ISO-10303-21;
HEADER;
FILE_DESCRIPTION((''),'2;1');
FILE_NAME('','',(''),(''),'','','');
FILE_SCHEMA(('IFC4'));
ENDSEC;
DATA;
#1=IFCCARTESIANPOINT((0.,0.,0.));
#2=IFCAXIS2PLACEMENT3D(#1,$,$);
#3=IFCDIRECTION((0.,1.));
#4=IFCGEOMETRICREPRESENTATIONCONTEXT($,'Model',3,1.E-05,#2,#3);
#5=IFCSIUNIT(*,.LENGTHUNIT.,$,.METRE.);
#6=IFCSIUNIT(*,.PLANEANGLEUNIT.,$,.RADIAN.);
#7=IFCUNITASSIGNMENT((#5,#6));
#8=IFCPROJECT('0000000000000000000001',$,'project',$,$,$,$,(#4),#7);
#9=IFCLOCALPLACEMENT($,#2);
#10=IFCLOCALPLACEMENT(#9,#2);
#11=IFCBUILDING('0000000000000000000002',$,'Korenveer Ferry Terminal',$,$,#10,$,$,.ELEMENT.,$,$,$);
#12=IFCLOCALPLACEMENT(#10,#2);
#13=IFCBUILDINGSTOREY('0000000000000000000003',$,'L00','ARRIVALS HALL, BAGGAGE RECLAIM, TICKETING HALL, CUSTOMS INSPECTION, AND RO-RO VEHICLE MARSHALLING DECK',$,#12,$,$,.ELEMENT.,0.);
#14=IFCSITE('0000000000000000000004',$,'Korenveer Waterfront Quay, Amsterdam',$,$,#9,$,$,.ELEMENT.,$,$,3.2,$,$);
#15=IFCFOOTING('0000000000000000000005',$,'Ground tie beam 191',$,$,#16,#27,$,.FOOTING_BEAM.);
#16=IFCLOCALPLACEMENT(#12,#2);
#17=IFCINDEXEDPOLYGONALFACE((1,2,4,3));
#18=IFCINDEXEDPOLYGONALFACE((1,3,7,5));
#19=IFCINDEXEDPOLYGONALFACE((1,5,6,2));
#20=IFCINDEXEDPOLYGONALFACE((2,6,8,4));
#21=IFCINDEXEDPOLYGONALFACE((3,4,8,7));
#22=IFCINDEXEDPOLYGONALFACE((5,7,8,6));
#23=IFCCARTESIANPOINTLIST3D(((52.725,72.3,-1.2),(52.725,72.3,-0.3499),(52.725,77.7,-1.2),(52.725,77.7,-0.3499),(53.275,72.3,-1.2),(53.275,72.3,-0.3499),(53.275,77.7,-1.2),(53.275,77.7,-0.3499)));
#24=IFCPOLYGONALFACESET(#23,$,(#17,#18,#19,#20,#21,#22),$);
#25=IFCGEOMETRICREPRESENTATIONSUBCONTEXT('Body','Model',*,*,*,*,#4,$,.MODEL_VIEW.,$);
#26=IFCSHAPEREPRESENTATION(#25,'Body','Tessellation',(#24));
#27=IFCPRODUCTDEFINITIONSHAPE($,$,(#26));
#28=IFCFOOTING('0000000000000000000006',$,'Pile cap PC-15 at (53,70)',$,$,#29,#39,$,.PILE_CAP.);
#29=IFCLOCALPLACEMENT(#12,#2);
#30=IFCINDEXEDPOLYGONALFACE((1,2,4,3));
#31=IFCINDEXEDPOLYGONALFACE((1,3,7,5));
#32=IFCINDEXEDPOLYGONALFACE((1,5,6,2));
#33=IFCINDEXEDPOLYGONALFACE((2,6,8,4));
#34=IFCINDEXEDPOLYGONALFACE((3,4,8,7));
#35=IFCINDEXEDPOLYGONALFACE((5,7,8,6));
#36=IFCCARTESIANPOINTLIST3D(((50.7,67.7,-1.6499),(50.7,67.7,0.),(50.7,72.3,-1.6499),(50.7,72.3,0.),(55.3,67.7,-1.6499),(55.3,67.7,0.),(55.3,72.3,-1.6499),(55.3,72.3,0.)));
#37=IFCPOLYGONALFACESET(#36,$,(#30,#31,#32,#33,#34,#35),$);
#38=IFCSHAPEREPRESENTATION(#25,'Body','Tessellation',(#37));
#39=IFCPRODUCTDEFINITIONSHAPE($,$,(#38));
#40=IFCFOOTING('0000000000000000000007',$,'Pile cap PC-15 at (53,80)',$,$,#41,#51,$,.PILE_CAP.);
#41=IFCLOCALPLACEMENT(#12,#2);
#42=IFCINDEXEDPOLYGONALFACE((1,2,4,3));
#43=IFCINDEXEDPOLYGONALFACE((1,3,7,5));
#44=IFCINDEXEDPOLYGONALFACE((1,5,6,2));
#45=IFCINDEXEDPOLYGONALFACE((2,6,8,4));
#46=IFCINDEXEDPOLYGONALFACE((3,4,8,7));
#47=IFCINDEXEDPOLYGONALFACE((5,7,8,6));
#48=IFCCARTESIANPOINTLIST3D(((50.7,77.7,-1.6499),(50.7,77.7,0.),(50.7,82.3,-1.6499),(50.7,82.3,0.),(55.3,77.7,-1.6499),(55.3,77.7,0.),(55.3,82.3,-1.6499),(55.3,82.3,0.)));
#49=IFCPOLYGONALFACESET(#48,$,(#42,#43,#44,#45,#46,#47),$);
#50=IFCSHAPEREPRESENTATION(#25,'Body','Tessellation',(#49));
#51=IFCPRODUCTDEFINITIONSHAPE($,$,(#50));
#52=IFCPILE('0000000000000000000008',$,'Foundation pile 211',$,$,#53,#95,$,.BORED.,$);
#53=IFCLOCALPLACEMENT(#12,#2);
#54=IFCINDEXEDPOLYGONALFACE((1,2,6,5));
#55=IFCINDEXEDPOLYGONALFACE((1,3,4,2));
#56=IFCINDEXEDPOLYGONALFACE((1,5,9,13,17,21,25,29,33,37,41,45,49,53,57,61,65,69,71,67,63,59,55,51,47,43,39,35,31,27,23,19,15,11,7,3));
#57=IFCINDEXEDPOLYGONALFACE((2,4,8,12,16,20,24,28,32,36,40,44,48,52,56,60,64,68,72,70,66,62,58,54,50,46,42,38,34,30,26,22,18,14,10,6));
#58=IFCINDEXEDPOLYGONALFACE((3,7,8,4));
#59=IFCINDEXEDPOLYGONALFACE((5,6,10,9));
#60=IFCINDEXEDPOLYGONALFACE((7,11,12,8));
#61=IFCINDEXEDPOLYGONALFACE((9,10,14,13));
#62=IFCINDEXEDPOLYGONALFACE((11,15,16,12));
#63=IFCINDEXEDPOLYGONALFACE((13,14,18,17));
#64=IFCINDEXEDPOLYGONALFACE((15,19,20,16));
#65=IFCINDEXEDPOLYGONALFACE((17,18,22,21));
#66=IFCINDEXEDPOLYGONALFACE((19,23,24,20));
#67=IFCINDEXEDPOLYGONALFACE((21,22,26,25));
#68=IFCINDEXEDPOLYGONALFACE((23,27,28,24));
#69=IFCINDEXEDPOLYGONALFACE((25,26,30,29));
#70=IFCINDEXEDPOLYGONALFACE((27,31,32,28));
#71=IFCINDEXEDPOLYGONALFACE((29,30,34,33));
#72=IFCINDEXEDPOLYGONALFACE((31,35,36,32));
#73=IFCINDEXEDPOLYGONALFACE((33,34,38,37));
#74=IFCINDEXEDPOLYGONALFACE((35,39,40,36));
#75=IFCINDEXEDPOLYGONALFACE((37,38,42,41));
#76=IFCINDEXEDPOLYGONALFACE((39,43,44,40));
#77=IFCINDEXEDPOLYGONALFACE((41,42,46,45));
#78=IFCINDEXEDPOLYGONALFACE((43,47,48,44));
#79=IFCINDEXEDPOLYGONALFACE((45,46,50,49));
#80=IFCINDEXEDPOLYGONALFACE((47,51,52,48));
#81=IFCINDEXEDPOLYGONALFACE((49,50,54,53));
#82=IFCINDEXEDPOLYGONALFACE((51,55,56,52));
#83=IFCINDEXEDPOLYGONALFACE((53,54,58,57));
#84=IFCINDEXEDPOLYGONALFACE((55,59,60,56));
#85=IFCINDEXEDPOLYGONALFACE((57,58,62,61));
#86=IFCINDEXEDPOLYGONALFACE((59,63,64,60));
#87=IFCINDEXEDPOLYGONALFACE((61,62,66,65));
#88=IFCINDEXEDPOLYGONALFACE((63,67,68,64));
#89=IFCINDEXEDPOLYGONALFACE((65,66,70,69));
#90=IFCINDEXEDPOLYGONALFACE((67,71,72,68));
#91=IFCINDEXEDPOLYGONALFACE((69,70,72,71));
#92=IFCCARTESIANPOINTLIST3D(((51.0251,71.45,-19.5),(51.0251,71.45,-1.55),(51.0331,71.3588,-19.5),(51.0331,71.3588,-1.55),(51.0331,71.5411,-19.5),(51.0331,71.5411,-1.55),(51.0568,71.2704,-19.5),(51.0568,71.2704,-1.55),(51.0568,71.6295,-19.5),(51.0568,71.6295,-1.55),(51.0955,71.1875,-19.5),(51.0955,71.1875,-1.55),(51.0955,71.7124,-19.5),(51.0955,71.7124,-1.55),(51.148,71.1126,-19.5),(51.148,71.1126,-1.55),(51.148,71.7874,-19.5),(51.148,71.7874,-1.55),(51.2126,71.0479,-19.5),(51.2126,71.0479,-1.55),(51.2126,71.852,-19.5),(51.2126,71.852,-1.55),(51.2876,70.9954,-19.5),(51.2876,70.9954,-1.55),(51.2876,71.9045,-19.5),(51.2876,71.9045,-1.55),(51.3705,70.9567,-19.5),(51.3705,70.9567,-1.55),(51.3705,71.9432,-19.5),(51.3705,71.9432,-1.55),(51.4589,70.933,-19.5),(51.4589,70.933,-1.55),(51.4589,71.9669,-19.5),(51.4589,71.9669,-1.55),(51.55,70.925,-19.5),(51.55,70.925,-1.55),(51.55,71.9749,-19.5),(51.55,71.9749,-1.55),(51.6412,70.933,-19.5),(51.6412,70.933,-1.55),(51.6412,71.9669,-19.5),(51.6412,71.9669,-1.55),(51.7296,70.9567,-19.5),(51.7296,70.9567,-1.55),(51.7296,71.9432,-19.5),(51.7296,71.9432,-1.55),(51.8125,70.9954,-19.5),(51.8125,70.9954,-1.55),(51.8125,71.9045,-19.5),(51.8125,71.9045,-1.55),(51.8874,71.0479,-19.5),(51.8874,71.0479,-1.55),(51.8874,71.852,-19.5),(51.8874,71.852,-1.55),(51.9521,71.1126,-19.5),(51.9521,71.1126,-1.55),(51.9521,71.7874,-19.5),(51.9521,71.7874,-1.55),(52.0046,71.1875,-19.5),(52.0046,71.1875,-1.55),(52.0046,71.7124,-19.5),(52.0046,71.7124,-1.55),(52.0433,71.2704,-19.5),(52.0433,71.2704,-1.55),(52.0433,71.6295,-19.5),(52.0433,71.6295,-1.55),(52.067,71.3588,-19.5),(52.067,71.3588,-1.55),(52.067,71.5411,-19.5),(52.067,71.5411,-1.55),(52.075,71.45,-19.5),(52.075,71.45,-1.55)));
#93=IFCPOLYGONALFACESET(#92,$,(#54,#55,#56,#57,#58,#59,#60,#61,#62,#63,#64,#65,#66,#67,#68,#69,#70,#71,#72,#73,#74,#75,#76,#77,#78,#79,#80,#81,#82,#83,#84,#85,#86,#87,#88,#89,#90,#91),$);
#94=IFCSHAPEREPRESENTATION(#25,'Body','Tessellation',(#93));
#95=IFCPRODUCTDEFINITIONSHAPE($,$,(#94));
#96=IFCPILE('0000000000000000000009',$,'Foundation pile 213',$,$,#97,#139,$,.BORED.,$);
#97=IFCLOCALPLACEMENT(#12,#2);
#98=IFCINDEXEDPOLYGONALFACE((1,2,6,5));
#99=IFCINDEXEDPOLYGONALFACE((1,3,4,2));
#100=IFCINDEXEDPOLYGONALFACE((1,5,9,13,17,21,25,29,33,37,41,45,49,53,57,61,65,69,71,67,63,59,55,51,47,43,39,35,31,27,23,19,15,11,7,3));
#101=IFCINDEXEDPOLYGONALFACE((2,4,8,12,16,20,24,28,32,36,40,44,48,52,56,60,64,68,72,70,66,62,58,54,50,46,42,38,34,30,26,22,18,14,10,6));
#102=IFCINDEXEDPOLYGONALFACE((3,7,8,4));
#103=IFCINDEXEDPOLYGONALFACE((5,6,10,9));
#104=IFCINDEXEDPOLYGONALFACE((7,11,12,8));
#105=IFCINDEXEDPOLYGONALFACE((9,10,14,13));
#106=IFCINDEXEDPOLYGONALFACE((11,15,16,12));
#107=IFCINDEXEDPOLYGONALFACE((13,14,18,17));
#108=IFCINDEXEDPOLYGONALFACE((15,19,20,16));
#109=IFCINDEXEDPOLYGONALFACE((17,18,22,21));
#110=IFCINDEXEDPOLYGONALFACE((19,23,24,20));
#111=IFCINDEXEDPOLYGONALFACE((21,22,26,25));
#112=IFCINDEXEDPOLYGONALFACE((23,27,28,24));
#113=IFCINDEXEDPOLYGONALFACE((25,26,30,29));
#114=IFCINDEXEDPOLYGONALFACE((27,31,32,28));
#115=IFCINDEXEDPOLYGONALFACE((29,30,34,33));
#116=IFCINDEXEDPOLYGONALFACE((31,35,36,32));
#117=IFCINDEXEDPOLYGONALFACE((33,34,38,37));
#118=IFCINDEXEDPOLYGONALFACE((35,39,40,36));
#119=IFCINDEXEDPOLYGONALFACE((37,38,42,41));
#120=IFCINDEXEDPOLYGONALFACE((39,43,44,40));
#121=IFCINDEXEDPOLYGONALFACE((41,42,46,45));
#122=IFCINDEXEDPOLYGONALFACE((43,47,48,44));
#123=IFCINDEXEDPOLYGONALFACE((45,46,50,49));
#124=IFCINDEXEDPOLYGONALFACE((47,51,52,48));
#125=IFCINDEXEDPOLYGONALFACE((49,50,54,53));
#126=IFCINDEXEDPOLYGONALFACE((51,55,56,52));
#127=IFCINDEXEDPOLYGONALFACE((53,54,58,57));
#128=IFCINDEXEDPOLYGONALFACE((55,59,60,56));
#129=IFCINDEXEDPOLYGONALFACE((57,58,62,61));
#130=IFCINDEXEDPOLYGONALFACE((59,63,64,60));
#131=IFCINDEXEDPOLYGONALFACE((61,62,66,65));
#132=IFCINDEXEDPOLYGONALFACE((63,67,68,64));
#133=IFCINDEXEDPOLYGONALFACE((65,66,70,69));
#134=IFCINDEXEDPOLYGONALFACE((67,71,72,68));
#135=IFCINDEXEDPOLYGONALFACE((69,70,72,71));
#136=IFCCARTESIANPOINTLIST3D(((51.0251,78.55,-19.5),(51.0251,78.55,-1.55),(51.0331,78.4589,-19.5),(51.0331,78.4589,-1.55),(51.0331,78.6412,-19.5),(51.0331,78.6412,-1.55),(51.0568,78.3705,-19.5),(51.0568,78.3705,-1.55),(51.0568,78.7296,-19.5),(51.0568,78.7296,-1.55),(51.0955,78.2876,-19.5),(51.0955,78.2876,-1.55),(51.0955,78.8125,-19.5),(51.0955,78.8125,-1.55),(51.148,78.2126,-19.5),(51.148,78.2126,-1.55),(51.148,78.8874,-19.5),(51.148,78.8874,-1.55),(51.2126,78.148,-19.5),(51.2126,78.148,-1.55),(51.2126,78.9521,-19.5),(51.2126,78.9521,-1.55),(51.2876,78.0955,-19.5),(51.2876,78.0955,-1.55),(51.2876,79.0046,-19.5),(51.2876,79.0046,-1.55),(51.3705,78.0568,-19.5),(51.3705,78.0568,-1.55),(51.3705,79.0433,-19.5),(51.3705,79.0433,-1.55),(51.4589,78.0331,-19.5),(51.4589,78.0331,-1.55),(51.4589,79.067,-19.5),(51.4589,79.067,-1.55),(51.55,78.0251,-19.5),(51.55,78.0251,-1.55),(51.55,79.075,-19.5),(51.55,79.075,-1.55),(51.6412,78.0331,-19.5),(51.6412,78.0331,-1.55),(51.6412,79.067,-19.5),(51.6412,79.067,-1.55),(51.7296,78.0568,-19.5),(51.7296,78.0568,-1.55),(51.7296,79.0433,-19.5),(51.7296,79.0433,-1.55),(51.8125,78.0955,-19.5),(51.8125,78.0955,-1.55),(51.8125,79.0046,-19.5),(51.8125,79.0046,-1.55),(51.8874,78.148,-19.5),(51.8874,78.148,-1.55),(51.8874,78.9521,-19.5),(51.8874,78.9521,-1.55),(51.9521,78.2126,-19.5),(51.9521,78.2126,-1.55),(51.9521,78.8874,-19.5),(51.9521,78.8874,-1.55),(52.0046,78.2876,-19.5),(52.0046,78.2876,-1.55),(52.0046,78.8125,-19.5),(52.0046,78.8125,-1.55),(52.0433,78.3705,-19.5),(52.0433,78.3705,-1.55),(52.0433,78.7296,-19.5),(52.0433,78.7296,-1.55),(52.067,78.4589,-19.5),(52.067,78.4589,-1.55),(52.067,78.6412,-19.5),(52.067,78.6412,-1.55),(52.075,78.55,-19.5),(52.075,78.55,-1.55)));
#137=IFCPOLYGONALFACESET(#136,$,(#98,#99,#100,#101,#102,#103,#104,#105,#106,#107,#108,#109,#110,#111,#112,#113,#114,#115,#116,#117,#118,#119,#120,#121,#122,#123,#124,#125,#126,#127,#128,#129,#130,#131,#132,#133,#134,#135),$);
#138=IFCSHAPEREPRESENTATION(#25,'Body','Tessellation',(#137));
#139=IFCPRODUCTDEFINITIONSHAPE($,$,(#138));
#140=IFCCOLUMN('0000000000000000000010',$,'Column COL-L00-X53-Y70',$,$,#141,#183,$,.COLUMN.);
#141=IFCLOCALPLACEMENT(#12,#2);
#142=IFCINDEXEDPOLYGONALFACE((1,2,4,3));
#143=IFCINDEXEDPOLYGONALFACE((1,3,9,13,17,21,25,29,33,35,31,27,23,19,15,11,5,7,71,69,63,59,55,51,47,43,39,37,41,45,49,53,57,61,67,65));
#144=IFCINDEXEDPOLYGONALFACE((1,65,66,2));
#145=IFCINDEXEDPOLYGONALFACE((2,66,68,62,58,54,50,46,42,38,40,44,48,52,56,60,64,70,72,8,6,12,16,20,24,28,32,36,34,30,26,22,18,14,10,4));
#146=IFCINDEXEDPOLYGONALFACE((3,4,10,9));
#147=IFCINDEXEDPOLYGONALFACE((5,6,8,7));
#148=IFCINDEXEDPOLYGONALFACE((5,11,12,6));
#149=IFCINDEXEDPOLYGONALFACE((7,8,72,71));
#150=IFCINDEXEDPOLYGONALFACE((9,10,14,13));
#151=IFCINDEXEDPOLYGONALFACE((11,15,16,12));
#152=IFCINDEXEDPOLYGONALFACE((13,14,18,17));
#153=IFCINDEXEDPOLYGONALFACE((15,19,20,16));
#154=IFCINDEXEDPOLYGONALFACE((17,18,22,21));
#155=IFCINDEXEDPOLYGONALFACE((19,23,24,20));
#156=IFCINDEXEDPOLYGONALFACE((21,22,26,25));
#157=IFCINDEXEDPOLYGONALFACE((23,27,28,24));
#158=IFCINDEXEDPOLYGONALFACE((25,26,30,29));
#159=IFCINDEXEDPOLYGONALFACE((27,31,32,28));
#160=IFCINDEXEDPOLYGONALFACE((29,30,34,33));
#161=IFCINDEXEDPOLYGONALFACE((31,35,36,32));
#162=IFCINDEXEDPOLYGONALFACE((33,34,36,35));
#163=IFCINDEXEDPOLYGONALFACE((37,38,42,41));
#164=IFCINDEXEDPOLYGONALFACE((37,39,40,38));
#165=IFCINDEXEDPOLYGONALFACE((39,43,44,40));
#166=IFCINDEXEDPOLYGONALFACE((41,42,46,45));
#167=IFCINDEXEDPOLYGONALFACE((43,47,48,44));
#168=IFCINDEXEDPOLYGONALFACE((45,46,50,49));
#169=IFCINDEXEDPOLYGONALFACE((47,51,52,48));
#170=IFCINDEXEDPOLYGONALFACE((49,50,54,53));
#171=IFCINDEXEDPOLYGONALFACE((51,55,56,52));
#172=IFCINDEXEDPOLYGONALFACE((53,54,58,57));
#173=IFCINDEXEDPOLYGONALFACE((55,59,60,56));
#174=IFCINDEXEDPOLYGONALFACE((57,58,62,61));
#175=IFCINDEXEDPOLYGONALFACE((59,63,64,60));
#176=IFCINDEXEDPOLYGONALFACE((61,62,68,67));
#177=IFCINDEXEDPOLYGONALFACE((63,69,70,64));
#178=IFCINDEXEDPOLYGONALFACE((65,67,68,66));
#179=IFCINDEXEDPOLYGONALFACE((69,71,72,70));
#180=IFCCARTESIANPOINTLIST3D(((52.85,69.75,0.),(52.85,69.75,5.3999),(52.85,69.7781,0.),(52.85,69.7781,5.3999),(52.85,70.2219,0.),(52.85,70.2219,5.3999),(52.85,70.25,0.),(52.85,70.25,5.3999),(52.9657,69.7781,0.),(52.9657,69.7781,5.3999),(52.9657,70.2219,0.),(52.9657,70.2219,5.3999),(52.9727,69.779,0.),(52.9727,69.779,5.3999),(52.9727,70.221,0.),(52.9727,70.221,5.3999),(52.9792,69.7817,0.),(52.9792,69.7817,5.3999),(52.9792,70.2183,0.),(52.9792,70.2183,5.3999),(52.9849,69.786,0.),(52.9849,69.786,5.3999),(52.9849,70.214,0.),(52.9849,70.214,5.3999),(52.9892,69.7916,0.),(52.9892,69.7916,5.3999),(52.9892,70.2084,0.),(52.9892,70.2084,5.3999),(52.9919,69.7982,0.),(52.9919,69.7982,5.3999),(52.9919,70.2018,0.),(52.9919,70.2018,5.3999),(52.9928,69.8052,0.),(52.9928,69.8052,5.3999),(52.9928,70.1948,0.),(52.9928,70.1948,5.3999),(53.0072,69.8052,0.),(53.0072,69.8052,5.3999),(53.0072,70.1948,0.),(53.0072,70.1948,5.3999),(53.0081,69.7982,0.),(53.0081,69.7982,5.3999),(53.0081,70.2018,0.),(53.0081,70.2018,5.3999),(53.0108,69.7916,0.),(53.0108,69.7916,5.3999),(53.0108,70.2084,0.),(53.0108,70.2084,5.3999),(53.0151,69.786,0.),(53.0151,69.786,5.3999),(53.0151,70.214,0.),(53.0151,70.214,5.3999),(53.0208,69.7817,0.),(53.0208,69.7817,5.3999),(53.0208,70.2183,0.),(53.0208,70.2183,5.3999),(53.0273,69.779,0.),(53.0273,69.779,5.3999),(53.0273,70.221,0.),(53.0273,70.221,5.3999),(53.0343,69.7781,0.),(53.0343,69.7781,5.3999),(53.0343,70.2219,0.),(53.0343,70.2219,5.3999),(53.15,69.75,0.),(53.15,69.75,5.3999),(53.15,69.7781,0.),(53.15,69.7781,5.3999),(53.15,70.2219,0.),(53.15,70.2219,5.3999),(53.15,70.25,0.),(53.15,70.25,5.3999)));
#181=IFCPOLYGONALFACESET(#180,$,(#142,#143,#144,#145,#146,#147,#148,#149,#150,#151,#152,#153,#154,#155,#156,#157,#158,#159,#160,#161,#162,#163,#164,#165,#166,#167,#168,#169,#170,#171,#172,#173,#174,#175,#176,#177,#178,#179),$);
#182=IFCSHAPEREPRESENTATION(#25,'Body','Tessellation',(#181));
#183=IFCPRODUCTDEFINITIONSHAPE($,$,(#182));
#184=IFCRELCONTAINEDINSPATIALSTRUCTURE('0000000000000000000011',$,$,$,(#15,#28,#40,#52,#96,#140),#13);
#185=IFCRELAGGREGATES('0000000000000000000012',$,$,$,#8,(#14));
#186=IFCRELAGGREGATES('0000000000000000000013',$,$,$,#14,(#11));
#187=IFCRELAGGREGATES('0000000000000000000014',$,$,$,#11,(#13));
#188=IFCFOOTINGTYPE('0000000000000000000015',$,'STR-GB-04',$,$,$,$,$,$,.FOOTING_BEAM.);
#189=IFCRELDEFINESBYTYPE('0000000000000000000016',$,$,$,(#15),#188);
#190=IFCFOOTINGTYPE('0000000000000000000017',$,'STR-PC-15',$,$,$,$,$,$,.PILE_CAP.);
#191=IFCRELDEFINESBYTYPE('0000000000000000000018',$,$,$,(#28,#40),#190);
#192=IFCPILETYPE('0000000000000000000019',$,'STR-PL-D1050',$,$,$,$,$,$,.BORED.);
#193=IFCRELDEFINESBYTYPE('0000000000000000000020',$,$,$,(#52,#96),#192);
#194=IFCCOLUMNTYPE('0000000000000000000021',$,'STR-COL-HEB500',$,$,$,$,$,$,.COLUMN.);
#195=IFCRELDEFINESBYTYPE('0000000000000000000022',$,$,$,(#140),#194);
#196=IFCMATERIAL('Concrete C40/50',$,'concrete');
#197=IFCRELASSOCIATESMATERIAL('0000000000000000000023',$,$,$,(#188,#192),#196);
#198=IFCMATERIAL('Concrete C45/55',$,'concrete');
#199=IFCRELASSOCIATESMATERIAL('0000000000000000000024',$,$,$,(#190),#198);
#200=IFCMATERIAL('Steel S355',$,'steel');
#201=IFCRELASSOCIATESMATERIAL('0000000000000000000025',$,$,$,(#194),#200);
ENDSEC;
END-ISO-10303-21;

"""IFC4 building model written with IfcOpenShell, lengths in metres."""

from ifc_helpers import new_model, si_unit, direction, frame, origin, origin_2d, place, context, subcontext, project, spatial, rectangle, circle, i_section, extrude, material, material_profile, profile_set, type_object, element, save


model = new_model("IFC4")

# Units and contexts
model_context = context("Model", 3, precision=1e-05, world=origin(), true_north=direction((0.0, 1.0)))
body_context = subcontext(model_context, "Body", "Model", "MODEL_VIEW")
ifc_project = project(units=[si_unit("LENGTHUNIT", "METRE"), si_unit("PLANEANGLEUNIT", "RADIAN")], contexts=[model_context])

# Site, building, storey
site_placement = place(None, origin())
site = spatial("IfcSite", under=ifc_project, at=site_placement, Name="Korenveer Waterfront Quay, Amsterdam", CompositionType="ELEMENT", RefElevation=3.2)
building_placement = place(site_placement, origin())
building = spatial("IfcBuilding", under=site, at=building_placement, Name="Korenveer Ferry Terminal", CompositionType="ELEMENT")
storey_placement = place(building_placement, origin())
storey = spatial("IfcBuildingStorey", under=building, at=storey_placement, Name="L00", Description="ARRIVALS HALL, BAGGAGE RECLAIM, TICKETING HALL, CUSTOMS INSPECTION, AND RO-RO VEHICLE MARSHALLING DECK", CompositionType="ELEMENT", Elevation=0.0)

# Footings
ifc_material_1 = material(Name="Concrete C40/50", Category="concrete")
footing_type_1 = type_object("IfcFootingType", Name="STR-GB-04", PredefinedType="FOOTING_BEAM", material=ifc_material_1)
footing_placement = place(storey_placement, frame((53.0, 75.0, -1.2), z_axis=(0.0, 0.0, 1.0), x_axis=(1.0, 0.0, 0.0)))
element("IfcFooting", 1, at=footing_placement, inside=storey, type_object=footing_type_1, Name="Ground tie beam 191", PredefinedType="FOOTING_BEAM", context=body_context, shape_type="SweptSolid", body=[
    extrude(rectangle(XDim=0.55, YDim=5.3999, at=origin_2d()), origin(), (0.0, 0.0, 1.0), 0.8501),
])
ifc_material_2 = material(Name="Concrete C45/55", Category="concrete")
footing_type_2 = type_object("IfcFootingType", Name="STR-PC-15", PredefinedType="PILE_CAP", material=ifc_material_2)
for number, where, z_axis, x_axis, name in (
    (2, (53.0, 70.0, -1.6499), (0.0, 0.0, 1.0), (1.0, 0.0, 0.0), "Pile cap PC-15 at (53,70)"),
    (3, (53.0, 80.0, -1.6499), (0.0, 0.0, 1.0), (1.0, 0.0, 0.0), "Pile cap PC-15 at (53,80)"),
):
    element("IfcFooting", number, at=place(storey_placement, frame(where, z_axis=z_axis, x_axis=x_axis)), inside=storey, type_object=footing_type_2, Name=name, PredefinedType="PILE_CAP", context=body_context, shape_type="SweptSolid", body=[
        extrude(rectangle(XDim=4.6001, YDim=4.6001, at=origin_2d()), origin(), (0.0, 0.0, 1.0), 1.6499),
    ])

# Piles
ifc_material_profile_1 = material_profile(ifc_material_1, circle(Radius=0.5249, at=origin_2d()), Name="PILE D1050")
ifc_profile_set_1 = profile_set([ifc_material_profile_1], Name="Concrete C40/50")
pile_type = type_object("IfcPileType", Name="STR-PL-D1050", PredefinedType="BORED", material=ifc_profile_set_1)
for number, where, z_axis, x_axis, name in (
    (4, (51.55, 71.45, -1.55), (0.0, 0.0, -1.0), (1.0, 0.0, 0.0), "Foundation pile 211"),
    (5, (51.55, 78.55, -1.55), (0.0, 0.0, -1.0), (1.0, 0.0, 0.0), "Foundation pile 213"),
):
    element("IfcPile", number, at=place(storey_placement, frame(where, z_axis=z_axis, x_axis=x_axis)), inside=storey, type_object=pile_type, Name=name, PredefinedType="BORED", context=body_context, shape_type="SweptSolid", body=[
        extrude(circle(Radius=0.5249, at=origin_2d()), origin(), (0.0, 0.0, 1.0), 17.95),
    ])

# Column
ifc_material_3 = material(Name="Steel S355", Category="steel")
ifc_material_profile_2 = material_profile(ifc_material_3, i_section(OverallWidth=0.3, OverallDepth=0.5, WebThickness=0.0144, FlangeThickness=0.0281, FilletRadius=0.0271, at=origin_2d()), Name="HEB 500")
ifc_profile_set_2 = profile_set([ifc_material_profile_2], Name="Steel S355")
column_type = type_object("IfcColumnType", Name="STR-COL-HEB500", PredefinedType="COLUMN", material=ifc_profile_set_2)
for number, where, z_axis, x_axis, name in (
    (6, (53.0, 70.0, 0.0), (0.0, 0.0, 1.0), (1.0, 0.0, 0.0), "Column COL-L00-X53-Y70"),
):
    element("IfcColumn", number, at=place(storey_placement, frame(where, z_axis=z_axis, x_axis=x_axis)), inside=storey, type_object=column_type, Name=name, PredefinedType="COLUMN", context=body_context, shape_type="SweptSolid", body=[
        extrude(i_section(OverallWidth=0.3, OverallDepth=0.5, WebThickness=0.0144, FlangeThickness=0.0281, FilletRadius=0.0271, at=origin_2d()), origin(), (0.0, 0.0, 1.0), 5.3999),
    ])

save(model, "model.ifc")
